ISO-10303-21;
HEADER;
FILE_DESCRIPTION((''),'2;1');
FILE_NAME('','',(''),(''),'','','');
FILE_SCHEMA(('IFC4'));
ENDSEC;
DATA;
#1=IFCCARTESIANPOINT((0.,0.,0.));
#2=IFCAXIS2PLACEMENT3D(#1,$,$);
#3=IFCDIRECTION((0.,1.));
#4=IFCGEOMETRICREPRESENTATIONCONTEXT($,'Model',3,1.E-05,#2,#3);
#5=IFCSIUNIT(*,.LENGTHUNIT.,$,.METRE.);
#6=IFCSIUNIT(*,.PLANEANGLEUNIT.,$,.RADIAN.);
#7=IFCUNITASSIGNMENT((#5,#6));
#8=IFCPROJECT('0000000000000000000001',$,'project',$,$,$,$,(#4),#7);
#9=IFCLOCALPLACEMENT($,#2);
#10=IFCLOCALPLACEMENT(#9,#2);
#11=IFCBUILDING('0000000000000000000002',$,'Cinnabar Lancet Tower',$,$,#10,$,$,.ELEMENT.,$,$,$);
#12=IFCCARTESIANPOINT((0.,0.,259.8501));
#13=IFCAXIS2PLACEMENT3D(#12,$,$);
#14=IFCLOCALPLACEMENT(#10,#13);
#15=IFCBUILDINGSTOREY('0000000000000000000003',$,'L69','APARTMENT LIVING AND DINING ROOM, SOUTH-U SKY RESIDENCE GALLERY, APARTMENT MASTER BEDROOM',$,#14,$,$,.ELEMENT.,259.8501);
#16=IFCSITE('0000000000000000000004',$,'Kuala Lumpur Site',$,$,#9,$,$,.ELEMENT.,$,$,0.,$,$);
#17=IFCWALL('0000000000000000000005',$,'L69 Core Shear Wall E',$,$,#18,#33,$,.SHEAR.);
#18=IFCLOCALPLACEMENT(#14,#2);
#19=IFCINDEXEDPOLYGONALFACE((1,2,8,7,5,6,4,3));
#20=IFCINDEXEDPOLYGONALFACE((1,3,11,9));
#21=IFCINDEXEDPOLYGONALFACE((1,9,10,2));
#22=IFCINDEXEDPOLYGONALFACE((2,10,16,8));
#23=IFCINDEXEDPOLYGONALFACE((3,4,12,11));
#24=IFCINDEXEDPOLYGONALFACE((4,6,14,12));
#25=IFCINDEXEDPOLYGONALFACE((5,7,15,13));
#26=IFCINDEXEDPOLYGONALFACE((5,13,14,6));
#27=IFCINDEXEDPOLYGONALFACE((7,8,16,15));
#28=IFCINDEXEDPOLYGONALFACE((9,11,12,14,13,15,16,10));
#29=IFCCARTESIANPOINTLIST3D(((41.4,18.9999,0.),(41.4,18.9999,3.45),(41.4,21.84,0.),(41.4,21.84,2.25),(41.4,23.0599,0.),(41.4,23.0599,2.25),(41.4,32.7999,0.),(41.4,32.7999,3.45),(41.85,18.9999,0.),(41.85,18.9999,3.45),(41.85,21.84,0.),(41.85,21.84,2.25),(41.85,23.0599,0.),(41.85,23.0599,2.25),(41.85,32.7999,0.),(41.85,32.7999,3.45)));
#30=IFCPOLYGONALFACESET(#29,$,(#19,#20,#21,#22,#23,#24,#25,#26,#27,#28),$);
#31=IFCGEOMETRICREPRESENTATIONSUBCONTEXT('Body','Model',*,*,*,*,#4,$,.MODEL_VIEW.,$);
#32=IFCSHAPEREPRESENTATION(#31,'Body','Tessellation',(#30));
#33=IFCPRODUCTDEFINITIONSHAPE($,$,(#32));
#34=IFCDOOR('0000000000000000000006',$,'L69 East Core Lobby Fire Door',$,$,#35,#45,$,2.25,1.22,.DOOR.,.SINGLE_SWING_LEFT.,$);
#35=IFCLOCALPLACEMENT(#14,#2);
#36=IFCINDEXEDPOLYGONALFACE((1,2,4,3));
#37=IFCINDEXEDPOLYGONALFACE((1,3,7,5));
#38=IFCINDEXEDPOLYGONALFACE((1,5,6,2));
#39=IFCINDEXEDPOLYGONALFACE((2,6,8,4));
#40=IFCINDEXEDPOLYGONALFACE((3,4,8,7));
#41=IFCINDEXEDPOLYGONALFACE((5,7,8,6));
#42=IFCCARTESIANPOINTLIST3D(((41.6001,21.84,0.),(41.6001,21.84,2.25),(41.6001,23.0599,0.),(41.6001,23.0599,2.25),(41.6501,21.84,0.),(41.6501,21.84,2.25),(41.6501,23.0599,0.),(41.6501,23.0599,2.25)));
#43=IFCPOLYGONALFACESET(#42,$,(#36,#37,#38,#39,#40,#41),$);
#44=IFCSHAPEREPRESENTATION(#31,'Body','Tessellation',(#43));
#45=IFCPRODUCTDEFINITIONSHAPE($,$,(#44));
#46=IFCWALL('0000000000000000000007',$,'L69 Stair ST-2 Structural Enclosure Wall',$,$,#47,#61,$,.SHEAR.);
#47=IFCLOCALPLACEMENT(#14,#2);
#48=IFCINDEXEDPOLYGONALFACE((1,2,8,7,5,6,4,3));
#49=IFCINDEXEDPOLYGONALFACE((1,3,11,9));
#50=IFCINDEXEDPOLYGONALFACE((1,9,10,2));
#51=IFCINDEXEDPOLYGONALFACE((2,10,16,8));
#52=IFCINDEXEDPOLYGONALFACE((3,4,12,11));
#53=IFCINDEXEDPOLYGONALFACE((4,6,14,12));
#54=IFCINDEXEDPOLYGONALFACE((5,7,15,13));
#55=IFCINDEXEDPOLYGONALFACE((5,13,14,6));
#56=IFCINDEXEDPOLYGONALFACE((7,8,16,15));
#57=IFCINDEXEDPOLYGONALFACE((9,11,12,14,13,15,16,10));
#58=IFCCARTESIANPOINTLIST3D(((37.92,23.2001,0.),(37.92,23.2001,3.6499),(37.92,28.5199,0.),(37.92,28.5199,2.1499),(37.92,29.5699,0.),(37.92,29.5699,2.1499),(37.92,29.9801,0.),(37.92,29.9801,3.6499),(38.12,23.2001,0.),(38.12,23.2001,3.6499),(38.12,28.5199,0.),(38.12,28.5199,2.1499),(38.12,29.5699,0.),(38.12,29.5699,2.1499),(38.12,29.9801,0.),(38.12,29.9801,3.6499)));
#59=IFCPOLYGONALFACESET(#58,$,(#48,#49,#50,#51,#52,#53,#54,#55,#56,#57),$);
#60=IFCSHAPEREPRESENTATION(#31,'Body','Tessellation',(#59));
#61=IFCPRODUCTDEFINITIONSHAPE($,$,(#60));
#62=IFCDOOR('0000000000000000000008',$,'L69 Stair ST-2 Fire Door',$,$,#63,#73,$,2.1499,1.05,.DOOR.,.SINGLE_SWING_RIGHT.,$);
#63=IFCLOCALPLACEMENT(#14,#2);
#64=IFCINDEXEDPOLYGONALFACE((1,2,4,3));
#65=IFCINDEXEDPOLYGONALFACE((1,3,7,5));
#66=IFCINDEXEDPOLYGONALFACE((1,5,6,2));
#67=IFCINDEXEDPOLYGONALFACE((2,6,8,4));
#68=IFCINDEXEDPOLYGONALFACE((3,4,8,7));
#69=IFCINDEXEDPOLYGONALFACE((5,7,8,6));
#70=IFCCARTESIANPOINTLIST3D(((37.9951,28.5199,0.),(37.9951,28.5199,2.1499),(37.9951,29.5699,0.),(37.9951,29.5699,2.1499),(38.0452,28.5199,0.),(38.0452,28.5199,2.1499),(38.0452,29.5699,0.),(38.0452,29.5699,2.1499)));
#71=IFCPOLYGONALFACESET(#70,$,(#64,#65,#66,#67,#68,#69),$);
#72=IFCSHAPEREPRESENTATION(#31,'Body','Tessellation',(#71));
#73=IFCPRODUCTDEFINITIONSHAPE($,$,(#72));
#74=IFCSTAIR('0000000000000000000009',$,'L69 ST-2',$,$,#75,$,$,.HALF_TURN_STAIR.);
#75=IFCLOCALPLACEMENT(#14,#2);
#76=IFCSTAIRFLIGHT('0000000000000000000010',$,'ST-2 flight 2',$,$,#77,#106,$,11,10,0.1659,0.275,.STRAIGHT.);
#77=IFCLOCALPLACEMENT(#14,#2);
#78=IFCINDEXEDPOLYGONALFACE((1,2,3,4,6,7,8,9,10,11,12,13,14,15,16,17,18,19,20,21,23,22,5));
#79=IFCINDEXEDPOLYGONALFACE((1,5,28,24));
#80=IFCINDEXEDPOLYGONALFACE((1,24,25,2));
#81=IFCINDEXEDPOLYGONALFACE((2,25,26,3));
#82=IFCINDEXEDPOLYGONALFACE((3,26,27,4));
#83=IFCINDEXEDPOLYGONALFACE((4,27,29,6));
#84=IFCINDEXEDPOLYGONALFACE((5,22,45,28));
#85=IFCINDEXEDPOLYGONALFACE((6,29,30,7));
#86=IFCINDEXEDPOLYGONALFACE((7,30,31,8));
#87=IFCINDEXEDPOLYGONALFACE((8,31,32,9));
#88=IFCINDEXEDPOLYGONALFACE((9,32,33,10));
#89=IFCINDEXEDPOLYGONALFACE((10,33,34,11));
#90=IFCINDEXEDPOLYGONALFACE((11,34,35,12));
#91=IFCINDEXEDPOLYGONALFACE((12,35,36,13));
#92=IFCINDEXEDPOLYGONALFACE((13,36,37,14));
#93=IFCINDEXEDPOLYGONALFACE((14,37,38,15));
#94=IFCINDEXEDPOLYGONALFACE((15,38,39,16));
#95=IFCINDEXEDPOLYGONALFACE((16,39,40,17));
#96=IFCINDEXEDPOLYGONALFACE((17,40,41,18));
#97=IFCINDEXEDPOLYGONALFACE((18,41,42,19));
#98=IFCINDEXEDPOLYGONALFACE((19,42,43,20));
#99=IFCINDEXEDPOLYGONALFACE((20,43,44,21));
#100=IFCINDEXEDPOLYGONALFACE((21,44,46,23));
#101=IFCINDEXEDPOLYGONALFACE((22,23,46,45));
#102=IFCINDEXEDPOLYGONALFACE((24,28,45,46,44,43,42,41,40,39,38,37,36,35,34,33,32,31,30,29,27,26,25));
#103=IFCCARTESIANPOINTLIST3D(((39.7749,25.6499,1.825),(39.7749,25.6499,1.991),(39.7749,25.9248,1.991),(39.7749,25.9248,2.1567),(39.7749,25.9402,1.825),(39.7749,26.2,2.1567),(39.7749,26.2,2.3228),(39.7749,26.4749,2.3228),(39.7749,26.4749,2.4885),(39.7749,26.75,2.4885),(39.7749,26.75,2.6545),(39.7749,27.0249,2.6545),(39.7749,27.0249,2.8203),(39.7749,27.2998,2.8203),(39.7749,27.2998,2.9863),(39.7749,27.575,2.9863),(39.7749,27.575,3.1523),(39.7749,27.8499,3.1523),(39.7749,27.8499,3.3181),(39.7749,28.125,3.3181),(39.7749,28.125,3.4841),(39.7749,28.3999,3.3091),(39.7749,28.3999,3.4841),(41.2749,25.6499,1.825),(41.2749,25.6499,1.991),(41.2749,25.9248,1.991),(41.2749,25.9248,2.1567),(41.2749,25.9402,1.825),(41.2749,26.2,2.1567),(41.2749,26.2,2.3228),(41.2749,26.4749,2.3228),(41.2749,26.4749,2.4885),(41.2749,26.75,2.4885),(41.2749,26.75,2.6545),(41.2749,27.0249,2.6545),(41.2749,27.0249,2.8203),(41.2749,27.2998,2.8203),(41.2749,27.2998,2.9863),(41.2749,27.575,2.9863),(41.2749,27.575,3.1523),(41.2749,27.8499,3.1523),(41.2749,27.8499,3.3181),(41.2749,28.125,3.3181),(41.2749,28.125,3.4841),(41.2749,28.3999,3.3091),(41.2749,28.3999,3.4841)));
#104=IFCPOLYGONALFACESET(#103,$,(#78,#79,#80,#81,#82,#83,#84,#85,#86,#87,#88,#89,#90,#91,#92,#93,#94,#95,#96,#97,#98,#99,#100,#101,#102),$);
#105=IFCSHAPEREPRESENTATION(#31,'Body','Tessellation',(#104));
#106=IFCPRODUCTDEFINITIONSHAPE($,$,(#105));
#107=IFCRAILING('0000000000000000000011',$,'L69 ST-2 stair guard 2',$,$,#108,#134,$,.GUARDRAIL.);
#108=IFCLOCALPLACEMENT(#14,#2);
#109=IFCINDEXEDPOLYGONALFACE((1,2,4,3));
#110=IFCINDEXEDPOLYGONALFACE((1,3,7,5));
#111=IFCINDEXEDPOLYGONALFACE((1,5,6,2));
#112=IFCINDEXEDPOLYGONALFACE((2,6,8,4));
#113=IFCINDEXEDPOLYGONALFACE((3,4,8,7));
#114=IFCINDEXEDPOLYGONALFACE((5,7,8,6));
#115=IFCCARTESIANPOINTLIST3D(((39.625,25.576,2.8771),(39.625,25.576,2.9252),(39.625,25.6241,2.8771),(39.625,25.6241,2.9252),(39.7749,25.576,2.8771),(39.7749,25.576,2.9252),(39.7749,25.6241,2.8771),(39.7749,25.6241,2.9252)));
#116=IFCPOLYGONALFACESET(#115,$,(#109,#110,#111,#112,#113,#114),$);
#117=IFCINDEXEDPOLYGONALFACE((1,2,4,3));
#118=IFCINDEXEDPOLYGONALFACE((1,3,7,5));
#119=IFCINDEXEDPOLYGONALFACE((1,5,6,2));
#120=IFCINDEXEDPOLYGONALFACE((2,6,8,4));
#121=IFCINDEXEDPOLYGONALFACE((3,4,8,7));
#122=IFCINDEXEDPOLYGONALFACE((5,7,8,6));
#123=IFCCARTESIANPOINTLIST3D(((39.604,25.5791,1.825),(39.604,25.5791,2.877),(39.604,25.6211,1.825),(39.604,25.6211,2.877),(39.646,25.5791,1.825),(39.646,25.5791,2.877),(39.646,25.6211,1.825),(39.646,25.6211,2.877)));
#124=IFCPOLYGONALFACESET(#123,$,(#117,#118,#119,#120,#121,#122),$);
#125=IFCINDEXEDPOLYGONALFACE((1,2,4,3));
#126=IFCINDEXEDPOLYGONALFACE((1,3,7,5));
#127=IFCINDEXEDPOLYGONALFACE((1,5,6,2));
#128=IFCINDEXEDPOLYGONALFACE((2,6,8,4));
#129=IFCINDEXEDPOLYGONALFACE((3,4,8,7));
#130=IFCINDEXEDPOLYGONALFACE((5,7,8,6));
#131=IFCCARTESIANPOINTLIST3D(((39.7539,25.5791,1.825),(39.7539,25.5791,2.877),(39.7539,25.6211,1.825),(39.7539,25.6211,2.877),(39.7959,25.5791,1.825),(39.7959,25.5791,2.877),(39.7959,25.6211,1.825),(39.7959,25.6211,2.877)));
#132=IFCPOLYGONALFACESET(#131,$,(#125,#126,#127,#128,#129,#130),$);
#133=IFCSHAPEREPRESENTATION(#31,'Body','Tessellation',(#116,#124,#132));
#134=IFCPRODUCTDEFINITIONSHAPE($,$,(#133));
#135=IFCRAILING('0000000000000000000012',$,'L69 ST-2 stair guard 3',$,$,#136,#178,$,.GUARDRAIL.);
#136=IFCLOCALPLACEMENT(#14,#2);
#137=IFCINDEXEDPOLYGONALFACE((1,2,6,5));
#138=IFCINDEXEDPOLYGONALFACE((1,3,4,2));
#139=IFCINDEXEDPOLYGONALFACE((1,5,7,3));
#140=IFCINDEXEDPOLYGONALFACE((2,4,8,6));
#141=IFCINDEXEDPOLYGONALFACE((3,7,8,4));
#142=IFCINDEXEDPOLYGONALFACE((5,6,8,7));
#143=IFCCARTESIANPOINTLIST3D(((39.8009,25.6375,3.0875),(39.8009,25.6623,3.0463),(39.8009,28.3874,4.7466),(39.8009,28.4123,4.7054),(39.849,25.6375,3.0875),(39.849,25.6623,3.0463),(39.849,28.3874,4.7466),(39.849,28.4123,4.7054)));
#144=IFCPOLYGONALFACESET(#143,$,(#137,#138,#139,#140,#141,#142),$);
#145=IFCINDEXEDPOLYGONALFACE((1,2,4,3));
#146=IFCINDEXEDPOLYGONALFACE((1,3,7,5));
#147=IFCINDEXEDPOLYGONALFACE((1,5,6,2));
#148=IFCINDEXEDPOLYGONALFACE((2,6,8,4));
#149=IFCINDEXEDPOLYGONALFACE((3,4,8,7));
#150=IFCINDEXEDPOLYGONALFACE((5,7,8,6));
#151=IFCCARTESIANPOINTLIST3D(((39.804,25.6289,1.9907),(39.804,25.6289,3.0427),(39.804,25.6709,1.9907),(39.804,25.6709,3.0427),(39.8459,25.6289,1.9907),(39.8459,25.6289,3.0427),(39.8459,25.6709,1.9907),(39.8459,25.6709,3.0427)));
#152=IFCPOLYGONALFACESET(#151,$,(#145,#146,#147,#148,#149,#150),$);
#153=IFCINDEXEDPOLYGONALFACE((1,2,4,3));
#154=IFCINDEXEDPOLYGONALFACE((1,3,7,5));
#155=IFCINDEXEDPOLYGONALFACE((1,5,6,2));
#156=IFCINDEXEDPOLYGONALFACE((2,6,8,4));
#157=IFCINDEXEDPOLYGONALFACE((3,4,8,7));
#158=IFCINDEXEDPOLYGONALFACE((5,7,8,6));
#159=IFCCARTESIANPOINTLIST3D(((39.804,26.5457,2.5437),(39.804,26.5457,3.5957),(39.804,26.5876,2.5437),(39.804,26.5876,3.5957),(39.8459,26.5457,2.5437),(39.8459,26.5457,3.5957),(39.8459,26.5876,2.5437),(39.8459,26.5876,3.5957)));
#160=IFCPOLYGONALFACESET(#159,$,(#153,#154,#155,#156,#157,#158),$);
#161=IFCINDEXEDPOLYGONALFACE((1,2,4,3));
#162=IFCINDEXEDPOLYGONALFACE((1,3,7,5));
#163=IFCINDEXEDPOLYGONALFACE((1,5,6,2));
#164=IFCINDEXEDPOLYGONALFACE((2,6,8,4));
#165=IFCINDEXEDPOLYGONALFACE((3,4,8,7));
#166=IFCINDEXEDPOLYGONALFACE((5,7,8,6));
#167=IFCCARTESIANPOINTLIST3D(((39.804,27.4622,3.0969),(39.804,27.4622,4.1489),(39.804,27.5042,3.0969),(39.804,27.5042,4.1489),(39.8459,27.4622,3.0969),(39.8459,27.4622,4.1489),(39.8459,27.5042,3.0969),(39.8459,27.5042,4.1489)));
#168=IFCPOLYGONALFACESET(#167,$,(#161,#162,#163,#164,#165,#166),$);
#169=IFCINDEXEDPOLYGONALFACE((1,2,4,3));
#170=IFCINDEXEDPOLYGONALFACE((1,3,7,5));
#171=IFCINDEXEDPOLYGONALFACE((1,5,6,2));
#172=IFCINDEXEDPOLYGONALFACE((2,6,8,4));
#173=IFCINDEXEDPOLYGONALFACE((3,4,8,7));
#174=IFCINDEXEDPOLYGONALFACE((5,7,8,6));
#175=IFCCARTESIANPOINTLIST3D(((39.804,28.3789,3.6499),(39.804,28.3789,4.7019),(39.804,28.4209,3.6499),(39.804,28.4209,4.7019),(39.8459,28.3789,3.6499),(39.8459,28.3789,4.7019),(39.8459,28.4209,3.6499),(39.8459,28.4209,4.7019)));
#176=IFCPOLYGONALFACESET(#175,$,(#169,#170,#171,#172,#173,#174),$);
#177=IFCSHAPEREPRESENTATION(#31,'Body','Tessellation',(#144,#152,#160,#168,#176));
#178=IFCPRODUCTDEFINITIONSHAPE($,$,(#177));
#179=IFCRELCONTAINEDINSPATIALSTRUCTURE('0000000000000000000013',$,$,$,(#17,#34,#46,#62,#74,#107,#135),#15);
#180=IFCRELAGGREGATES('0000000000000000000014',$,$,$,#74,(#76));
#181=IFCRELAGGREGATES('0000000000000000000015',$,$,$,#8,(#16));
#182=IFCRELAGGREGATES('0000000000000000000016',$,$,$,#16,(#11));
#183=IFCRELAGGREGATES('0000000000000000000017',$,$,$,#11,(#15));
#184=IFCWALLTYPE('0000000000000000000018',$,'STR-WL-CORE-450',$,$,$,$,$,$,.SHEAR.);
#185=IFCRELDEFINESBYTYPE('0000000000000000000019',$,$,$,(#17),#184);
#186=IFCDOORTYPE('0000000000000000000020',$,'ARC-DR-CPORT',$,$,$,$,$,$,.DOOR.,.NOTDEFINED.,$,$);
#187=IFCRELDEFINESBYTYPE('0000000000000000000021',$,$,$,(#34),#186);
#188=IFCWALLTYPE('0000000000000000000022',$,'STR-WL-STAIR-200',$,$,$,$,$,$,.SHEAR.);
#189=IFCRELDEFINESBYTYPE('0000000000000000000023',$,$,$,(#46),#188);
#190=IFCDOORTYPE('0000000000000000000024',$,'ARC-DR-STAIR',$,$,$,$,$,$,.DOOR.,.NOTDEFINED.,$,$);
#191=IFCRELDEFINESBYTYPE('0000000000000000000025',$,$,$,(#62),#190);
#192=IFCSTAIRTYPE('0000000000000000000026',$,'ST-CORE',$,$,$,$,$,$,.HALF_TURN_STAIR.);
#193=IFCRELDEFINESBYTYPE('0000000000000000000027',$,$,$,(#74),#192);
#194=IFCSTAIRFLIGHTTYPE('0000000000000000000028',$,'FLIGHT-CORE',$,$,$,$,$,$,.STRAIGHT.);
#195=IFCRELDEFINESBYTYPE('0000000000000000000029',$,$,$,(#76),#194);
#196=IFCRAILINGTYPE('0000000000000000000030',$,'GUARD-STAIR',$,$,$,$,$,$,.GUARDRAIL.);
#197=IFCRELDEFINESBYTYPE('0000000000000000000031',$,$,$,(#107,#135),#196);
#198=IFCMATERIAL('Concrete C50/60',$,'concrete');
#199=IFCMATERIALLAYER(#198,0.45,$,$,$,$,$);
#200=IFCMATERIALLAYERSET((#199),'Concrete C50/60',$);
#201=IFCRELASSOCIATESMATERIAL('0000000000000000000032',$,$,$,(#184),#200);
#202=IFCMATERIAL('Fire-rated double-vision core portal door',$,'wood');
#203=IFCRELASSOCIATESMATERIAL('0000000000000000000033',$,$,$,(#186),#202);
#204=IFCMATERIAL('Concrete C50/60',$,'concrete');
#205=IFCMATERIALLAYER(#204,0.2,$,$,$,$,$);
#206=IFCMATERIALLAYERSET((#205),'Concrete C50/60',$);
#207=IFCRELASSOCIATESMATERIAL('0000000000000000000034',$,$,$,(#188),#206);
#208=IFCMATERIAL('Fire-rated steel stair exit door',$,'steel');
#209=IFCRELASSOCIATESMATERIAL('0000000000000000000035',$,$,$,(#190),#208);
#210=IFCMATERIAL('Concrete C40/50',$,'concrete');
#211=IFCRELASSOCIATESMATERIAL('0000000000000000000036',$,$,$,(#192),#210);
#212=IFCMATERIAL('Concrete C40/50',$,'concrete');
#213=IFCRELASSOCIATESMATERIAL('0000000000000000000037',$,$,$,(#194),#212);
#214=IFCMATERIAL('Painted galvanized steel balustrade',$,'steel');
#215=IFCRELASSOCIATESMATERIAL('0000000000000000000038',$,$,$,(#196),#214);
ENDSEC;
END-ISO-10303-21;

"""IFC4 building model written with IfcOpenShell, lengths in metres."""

from ifc_helpers import new_model, si_unit, direction, frame, frame_2d, origin, origin_2d, place, context, subcontext, project, spatial, polyline, rectangle, outline, extrude, material, layer, layer_set, type_object, element, fill, aggregate, save


model = new_model("IFC4")

# Units and contexts
model_context = context("Model", 3, precision=1e-05, world=origin(), true_north=direction((0.0, 1.0)))
body_context = subcontext(model_context, "Body", "Model", "MODEL_VIEW")
ifc_project = project(units=[si_unit("LENGTHUNIT", "METRE"), si_unit("PLANEANGLEUNIT", "RADIAN")], contexts=[model_context])

# Site, building, storey
site_placement = place(None, origin())
site = spatial("IfcSite", under=ifc_project, at=site_placement, Name="Kuala Lumpur Site", CompositionType="ELEMENT", RefElevation=0.0)
building_placement = place(site_placement, origin())
building = spatial("IfcBuilding", under=site, at=building_placement, Name="Cinnabar Lancet Tower", CompositionType="ELEMENT")
storey_placement = place(building_placement, frame((0.0, 0.0, 259.8501)))
storey = spatial("IfcBuildingStorey", under=building, at=storey_placement, Name="L69", Description="APARTMENT LIVING AND DINING ROOM, SOUTH-U SKY RESIDENCE GALLERY, APARTMENT MASTER BEDROOM", CompositionType="ELEMENT", Elevation=259.8501)

# Walls, openings, doors
ifc_material_1 = material(Name="Concrete C50/60", Category="concrete")
ifc_layer_1 = layer(ifc_material_1, 0.45)
ifc_layer_set_1 = layer_set([ifc_layer_1], Name="Concrete C50/60")
wall_type_1 = type_object("IfcWallType", Name="STR-WL-CORE-450", PredefinedType="SHEAR", material=ifc_layer_set_1)
wall_1_placement = place(storey_placement, frame((41.625, 19.0, 0.0), z_axis=(0.0, 0.0, 1.0), x_axis=(0.0, 1.0, 0.0)))
wall_1 = element("IfcWall", 1, at=wall_1_placement, inside=storey, type_object=wall_type_1, Name="L69 Core Shear Wall E", PredefinedType="SHEAR", context=body_context, shape_type="SweptSolid", body=[
    extrude(rectangle(XDim=13.8, YDim=0.45, at=frame_2d((6.8999, 0.0))), origin(), (0.0, 0.0, 1.0), 3.45),
])
opening_1_placement = place(wall_1_placement, frame((2.8401, 0.0, 0.0)))
opening_1 = element("IfcOpeningElement", 2, at=opening_1_placement, cuts=wall_1, PredefinedType="OPENING", context=body_context, shape_type="SweptSolid", body=[
    extrude(rectangle(XDim=1.22, YDim=2.25, at=frame_2d((0.6099, 1.125))), frame((0.0, 0.2349, 0.0), z_axis=(0.0, -1.0, 0.0), x_axis=(1.0, 0.0, 0.0)), (0.0, 0.0, 1.0), 0.47),
])
ifc_material_2 = material(Name="Fire-rated double-vision core portal door", Category="wood")
door_type_1 = type_object("IfcDoorType", Name="ARC-DR-CPORT", OperationType="NOTDEFINED", PredefinedType="DOOR", material=ifc_material_2)
door_1_placement = place(opening_1_placement, origin())
door_1 = element("IfcDoor", 3, at=door_1_placement, inside=storey, type_object=door_type_1, Name="L69 East Core Lobby Fire Door", OperationType="SINGLE_SWING_LEFT", OverallHeight=2.25, OverallWidth=1.22, PredefinedType="DOOR", context=body_context, shape_type="SweptSolid", body=[
    extrude(rectangle(XDim=1.22, YDim=2.25, at=frame_2d((0.6099, 1.125))), frame((0.0, 0.0249, 0.0), z_axis=(0.0, -1.0, 0.0), x_axis=(1.0, 0.0, 0.0)), (0.0, 0.0, 1.0), 0.05),
])
fill(opening_1, door_1)
ifc_material_3 = material(Name="Concrete C50/60", Category="concrete")
ifc_layer_2 = layer(ifc_material_3, 0.2)
ifc_layer_set_2 = layer_set([ifc_layer_2], Name="Concrete C50/60")
wall_type_2 = type_object("IfcWallType", Name="STR-WL-STAIR-200", PredefinedType="SHEAR", material=ifc_layer_set_2)
wall_2_placement = place(storey_placement, frame((38.02, 23.2, 0.0), z_axis=(0.0, 0.0, 1.0), x_axis=(0.0, 1.0, 0.0)))
wall_2 = element("IfcWall", 4, at=wall_2_placement, inside=storey, type_object=wall_type_2, Name="L69 Stair ST-2 Structural Enclosure Wall", PredefinedType="SHEAR", context=body_context, shape_type="SweptSolid", body=[
    extrude(rectangle(XDim=6.78, YDim=0.2, at=frame_2d((3.3901, 0.0))), origin(), (0.0, 0.0, 1.0), 3.6499),
])
opening_2_placement = place(wall_2_placement, frame((5.3201, 0.0, 0.0)))
opening_2 = element("IfcOpeningElement", 5, at=opening_2_placement, cuts=wall_2, PredefinedType="OPENING", context=body_context, shape_type="SweptSolid", body=[
    extrude(rectangle(XDim=1.05, YDim=2.1499, at=frame_2d((0.5249, 1.075))), frame((0.0, 0.1099, 0.0), z_axis=(0.0, -1.0, 0.0), x_axis=(1.0, 0.0, 0.0)), (0.0, 0.0, 1.0), 0.22),
])
ifc_material_4 = material(Name="Fire-rated steel stair exit door", Category="steel")
door_type_2 = type_object("IfcDoorType", Name="ARC-DR-STAIR", OperationType="NOTDEFINED", PredefinedType="DOOR", material=ifc_material_4)
door_2_placement = place(opening_2_placement, origin())
door_2 = element("IfcDoor", 6, at=door_2_placement, inside=storey, type_object=door_type_2, Name="L69 Stair ST-2 Fire Door", OperationType="SINGLE_SWING_RIGHT", OverallHeight=2.1499, OverallWidth=1.05, PredefinedType="DOOR", context=body_context, shape_type="SweptSolid", body=[
    extrude(rectangle(XDim=1.05, YDim=2.1499, at=frame_2d((0.5249, 1.075))), frame((0.0, 0.0249, 0.0), z_axis=(0.0, -1.0, 0.0), x_axis=(1.0, 0.0, 0.0)), (0.0, 0.0, 1.0), 0.05),
])
fill(opening_2, door_2)

# Stair, stair flight
ifc_material_5 = material(Name="Concrete C40/50", Category="concrete")
stair_type = type_object("IfcStairType", Name="ST-CORE", PredefinedType="HALF_TURN_STAIR", material=ifc_material_5)
stair_placement = place(storey_placement, origin())
stair = element("IfcStair", 7, at=stair_placement, inside=storey, type_object=stair_type, Name="L69 ST-2", PredefinedType="HALF_TURN_STAIR")
ifc_material_6 = material(Name="Concrete C40/50", Category="concrete")
stair_flight_type = type_object("IfcStairFlightType", Name="FLIGHT-CORE", PredefinedType="STRAIGHT", material=ifc_material_6)
stair_flight_placement = place(storey_placement, frame((40.5249, 25.6499, 1.825), z_axis=(0.0, 0.0, 1.0), x_axis=(0.0, 1.0, 0.0)))
stair_flight = element("IfcStairFlight", 8, at=stair_flight_placement, type_object=stair_flight_type, Name="ST-2 flight 2", NumberOfRisers=11, NumberOfTreads=10, PredefinedType="STRAIGHT", RiserHeight=0.1659, TreadLength=0.275, context=body_context, shape_type="SweptSolid", body=[
    extrude(outline(polyline([(0.0, 0.0), (0.0, 0.166), (0.2749, 0.166), (0.2749, 0.3318), (0.55, 0.3318), (0.55, 0.4978), (0.825, 0.4978), (0.825, 0.6636), (1.1001, 0.6636), (1.1001, 0.8296), (1.375, 0.8296), (1.375, 0.9954), (1.6499, 0.9954), (1.6499, 1.1614), (1.925, 1.1614), (1.925, 1.3274), (2.2, 1.3274), (2.2, 1.4932), (2.4751, 1.4932), (2.4751, 1.6592), (2.75, 1.6592), (2.75, 1.825), (2.75, 1.4841), (0.2903, 0.0), (0.0, 0.0)])), frame((0.0, 0.75, 0.0), z_axis=(0.0, -1.0, 0.0), x_axis=(1.0, 0.0, 0.0)), (0.0, 0.0, 1.0), 1.5),
])
aggregate(stair, [stair_flight])

# Railings
ifc_material_7 = material(Name="Painted galvanized steel balustrade", Category="steel")
railing_type = type_object("IfcRailingType", Name="GUARD-STAIR", PredefinedType="GUARDRAIL", material=ifc_material_7)
railing_1_placement = place(storey_placement, frame((39.625, 25.6001, 1.825)))
element("IfcRailing", 9, at=railing_1_placement, inside=storey, type_object=railing_type, Name="L69 ST-2 stair guard 2", PredefinedType="GUARDRAIL", context=body_context, shape_type="SweptSolid", body=[
    extrude(rectangle(XDim=0.0481, YDim=0.0481, at=origin_2d()), frame((0.0, 0.0, 1.0762), z_axis=(1.0, 0.0, 0.0), x_axis=(0.0, 1.0, 0.0)), (0.0, 0.0, 1.0), 0.1499),
    extrude(rectangle(XDim=0.042, YDim=0.042, at=origin_2d()), origin(), (0.0, 0.0, 1.0), 1.052),
    extrude(rectangle(XDim=0.042, YDim=0.042, at=origin_2d()), frame((0.1499, 0.0, 0.0)), (0.0, 0.0, 1.0), 1.052),
])
railing_2_placement = place(storey_placement, frame((39.825, 25.6499, 1.9907)))
element("IfcRailing", 10, at=railing_2_placement, inside=storey, type_object=railing_type, Name="L69 ST-2 stair guard 3", PredefinedType="GUARDRAIL", context=body_context, shape_type="SweptSolid", body=[
    extrude(rectangle(XDim=0.0481, YDim=0.0481, at=origin_2d()), frame((0.0, 0.0, 1.0762), z_axis=(0.0, 0.856229, 0.516596), x_axis=(-1.0, 0.0, 0.0)), (0.0, 0.0, 1.0), 3.2117),
    extrude(rectangle(XDim=0.042, YDim=0.042, at=origin_2d()), origin(), (0.0, 0.0, 1.0), 1.052),
    extrude(rectangle(XDim=0.042, YDim=0.042, at=origin_2d()), frame((0.0, 0.9167, 0.553)), (0.0, 0.0, 1.0), 1.052),
    extrude(rectangle(XDim=0.042, YDim=0.042, at=origin_2d()), frame((0.0, 1.8333, 1.1062)), (0.0, 0.0, 1.0), 1.052),
    extrude(rectangle(XDim=0.042, YDim=0.042, at=origin_2d()), frame((0.0, 2.75, 1.6592)), (0.0, 0.0, 1.0), 1.052),
])

save(model, "model.ifc")
